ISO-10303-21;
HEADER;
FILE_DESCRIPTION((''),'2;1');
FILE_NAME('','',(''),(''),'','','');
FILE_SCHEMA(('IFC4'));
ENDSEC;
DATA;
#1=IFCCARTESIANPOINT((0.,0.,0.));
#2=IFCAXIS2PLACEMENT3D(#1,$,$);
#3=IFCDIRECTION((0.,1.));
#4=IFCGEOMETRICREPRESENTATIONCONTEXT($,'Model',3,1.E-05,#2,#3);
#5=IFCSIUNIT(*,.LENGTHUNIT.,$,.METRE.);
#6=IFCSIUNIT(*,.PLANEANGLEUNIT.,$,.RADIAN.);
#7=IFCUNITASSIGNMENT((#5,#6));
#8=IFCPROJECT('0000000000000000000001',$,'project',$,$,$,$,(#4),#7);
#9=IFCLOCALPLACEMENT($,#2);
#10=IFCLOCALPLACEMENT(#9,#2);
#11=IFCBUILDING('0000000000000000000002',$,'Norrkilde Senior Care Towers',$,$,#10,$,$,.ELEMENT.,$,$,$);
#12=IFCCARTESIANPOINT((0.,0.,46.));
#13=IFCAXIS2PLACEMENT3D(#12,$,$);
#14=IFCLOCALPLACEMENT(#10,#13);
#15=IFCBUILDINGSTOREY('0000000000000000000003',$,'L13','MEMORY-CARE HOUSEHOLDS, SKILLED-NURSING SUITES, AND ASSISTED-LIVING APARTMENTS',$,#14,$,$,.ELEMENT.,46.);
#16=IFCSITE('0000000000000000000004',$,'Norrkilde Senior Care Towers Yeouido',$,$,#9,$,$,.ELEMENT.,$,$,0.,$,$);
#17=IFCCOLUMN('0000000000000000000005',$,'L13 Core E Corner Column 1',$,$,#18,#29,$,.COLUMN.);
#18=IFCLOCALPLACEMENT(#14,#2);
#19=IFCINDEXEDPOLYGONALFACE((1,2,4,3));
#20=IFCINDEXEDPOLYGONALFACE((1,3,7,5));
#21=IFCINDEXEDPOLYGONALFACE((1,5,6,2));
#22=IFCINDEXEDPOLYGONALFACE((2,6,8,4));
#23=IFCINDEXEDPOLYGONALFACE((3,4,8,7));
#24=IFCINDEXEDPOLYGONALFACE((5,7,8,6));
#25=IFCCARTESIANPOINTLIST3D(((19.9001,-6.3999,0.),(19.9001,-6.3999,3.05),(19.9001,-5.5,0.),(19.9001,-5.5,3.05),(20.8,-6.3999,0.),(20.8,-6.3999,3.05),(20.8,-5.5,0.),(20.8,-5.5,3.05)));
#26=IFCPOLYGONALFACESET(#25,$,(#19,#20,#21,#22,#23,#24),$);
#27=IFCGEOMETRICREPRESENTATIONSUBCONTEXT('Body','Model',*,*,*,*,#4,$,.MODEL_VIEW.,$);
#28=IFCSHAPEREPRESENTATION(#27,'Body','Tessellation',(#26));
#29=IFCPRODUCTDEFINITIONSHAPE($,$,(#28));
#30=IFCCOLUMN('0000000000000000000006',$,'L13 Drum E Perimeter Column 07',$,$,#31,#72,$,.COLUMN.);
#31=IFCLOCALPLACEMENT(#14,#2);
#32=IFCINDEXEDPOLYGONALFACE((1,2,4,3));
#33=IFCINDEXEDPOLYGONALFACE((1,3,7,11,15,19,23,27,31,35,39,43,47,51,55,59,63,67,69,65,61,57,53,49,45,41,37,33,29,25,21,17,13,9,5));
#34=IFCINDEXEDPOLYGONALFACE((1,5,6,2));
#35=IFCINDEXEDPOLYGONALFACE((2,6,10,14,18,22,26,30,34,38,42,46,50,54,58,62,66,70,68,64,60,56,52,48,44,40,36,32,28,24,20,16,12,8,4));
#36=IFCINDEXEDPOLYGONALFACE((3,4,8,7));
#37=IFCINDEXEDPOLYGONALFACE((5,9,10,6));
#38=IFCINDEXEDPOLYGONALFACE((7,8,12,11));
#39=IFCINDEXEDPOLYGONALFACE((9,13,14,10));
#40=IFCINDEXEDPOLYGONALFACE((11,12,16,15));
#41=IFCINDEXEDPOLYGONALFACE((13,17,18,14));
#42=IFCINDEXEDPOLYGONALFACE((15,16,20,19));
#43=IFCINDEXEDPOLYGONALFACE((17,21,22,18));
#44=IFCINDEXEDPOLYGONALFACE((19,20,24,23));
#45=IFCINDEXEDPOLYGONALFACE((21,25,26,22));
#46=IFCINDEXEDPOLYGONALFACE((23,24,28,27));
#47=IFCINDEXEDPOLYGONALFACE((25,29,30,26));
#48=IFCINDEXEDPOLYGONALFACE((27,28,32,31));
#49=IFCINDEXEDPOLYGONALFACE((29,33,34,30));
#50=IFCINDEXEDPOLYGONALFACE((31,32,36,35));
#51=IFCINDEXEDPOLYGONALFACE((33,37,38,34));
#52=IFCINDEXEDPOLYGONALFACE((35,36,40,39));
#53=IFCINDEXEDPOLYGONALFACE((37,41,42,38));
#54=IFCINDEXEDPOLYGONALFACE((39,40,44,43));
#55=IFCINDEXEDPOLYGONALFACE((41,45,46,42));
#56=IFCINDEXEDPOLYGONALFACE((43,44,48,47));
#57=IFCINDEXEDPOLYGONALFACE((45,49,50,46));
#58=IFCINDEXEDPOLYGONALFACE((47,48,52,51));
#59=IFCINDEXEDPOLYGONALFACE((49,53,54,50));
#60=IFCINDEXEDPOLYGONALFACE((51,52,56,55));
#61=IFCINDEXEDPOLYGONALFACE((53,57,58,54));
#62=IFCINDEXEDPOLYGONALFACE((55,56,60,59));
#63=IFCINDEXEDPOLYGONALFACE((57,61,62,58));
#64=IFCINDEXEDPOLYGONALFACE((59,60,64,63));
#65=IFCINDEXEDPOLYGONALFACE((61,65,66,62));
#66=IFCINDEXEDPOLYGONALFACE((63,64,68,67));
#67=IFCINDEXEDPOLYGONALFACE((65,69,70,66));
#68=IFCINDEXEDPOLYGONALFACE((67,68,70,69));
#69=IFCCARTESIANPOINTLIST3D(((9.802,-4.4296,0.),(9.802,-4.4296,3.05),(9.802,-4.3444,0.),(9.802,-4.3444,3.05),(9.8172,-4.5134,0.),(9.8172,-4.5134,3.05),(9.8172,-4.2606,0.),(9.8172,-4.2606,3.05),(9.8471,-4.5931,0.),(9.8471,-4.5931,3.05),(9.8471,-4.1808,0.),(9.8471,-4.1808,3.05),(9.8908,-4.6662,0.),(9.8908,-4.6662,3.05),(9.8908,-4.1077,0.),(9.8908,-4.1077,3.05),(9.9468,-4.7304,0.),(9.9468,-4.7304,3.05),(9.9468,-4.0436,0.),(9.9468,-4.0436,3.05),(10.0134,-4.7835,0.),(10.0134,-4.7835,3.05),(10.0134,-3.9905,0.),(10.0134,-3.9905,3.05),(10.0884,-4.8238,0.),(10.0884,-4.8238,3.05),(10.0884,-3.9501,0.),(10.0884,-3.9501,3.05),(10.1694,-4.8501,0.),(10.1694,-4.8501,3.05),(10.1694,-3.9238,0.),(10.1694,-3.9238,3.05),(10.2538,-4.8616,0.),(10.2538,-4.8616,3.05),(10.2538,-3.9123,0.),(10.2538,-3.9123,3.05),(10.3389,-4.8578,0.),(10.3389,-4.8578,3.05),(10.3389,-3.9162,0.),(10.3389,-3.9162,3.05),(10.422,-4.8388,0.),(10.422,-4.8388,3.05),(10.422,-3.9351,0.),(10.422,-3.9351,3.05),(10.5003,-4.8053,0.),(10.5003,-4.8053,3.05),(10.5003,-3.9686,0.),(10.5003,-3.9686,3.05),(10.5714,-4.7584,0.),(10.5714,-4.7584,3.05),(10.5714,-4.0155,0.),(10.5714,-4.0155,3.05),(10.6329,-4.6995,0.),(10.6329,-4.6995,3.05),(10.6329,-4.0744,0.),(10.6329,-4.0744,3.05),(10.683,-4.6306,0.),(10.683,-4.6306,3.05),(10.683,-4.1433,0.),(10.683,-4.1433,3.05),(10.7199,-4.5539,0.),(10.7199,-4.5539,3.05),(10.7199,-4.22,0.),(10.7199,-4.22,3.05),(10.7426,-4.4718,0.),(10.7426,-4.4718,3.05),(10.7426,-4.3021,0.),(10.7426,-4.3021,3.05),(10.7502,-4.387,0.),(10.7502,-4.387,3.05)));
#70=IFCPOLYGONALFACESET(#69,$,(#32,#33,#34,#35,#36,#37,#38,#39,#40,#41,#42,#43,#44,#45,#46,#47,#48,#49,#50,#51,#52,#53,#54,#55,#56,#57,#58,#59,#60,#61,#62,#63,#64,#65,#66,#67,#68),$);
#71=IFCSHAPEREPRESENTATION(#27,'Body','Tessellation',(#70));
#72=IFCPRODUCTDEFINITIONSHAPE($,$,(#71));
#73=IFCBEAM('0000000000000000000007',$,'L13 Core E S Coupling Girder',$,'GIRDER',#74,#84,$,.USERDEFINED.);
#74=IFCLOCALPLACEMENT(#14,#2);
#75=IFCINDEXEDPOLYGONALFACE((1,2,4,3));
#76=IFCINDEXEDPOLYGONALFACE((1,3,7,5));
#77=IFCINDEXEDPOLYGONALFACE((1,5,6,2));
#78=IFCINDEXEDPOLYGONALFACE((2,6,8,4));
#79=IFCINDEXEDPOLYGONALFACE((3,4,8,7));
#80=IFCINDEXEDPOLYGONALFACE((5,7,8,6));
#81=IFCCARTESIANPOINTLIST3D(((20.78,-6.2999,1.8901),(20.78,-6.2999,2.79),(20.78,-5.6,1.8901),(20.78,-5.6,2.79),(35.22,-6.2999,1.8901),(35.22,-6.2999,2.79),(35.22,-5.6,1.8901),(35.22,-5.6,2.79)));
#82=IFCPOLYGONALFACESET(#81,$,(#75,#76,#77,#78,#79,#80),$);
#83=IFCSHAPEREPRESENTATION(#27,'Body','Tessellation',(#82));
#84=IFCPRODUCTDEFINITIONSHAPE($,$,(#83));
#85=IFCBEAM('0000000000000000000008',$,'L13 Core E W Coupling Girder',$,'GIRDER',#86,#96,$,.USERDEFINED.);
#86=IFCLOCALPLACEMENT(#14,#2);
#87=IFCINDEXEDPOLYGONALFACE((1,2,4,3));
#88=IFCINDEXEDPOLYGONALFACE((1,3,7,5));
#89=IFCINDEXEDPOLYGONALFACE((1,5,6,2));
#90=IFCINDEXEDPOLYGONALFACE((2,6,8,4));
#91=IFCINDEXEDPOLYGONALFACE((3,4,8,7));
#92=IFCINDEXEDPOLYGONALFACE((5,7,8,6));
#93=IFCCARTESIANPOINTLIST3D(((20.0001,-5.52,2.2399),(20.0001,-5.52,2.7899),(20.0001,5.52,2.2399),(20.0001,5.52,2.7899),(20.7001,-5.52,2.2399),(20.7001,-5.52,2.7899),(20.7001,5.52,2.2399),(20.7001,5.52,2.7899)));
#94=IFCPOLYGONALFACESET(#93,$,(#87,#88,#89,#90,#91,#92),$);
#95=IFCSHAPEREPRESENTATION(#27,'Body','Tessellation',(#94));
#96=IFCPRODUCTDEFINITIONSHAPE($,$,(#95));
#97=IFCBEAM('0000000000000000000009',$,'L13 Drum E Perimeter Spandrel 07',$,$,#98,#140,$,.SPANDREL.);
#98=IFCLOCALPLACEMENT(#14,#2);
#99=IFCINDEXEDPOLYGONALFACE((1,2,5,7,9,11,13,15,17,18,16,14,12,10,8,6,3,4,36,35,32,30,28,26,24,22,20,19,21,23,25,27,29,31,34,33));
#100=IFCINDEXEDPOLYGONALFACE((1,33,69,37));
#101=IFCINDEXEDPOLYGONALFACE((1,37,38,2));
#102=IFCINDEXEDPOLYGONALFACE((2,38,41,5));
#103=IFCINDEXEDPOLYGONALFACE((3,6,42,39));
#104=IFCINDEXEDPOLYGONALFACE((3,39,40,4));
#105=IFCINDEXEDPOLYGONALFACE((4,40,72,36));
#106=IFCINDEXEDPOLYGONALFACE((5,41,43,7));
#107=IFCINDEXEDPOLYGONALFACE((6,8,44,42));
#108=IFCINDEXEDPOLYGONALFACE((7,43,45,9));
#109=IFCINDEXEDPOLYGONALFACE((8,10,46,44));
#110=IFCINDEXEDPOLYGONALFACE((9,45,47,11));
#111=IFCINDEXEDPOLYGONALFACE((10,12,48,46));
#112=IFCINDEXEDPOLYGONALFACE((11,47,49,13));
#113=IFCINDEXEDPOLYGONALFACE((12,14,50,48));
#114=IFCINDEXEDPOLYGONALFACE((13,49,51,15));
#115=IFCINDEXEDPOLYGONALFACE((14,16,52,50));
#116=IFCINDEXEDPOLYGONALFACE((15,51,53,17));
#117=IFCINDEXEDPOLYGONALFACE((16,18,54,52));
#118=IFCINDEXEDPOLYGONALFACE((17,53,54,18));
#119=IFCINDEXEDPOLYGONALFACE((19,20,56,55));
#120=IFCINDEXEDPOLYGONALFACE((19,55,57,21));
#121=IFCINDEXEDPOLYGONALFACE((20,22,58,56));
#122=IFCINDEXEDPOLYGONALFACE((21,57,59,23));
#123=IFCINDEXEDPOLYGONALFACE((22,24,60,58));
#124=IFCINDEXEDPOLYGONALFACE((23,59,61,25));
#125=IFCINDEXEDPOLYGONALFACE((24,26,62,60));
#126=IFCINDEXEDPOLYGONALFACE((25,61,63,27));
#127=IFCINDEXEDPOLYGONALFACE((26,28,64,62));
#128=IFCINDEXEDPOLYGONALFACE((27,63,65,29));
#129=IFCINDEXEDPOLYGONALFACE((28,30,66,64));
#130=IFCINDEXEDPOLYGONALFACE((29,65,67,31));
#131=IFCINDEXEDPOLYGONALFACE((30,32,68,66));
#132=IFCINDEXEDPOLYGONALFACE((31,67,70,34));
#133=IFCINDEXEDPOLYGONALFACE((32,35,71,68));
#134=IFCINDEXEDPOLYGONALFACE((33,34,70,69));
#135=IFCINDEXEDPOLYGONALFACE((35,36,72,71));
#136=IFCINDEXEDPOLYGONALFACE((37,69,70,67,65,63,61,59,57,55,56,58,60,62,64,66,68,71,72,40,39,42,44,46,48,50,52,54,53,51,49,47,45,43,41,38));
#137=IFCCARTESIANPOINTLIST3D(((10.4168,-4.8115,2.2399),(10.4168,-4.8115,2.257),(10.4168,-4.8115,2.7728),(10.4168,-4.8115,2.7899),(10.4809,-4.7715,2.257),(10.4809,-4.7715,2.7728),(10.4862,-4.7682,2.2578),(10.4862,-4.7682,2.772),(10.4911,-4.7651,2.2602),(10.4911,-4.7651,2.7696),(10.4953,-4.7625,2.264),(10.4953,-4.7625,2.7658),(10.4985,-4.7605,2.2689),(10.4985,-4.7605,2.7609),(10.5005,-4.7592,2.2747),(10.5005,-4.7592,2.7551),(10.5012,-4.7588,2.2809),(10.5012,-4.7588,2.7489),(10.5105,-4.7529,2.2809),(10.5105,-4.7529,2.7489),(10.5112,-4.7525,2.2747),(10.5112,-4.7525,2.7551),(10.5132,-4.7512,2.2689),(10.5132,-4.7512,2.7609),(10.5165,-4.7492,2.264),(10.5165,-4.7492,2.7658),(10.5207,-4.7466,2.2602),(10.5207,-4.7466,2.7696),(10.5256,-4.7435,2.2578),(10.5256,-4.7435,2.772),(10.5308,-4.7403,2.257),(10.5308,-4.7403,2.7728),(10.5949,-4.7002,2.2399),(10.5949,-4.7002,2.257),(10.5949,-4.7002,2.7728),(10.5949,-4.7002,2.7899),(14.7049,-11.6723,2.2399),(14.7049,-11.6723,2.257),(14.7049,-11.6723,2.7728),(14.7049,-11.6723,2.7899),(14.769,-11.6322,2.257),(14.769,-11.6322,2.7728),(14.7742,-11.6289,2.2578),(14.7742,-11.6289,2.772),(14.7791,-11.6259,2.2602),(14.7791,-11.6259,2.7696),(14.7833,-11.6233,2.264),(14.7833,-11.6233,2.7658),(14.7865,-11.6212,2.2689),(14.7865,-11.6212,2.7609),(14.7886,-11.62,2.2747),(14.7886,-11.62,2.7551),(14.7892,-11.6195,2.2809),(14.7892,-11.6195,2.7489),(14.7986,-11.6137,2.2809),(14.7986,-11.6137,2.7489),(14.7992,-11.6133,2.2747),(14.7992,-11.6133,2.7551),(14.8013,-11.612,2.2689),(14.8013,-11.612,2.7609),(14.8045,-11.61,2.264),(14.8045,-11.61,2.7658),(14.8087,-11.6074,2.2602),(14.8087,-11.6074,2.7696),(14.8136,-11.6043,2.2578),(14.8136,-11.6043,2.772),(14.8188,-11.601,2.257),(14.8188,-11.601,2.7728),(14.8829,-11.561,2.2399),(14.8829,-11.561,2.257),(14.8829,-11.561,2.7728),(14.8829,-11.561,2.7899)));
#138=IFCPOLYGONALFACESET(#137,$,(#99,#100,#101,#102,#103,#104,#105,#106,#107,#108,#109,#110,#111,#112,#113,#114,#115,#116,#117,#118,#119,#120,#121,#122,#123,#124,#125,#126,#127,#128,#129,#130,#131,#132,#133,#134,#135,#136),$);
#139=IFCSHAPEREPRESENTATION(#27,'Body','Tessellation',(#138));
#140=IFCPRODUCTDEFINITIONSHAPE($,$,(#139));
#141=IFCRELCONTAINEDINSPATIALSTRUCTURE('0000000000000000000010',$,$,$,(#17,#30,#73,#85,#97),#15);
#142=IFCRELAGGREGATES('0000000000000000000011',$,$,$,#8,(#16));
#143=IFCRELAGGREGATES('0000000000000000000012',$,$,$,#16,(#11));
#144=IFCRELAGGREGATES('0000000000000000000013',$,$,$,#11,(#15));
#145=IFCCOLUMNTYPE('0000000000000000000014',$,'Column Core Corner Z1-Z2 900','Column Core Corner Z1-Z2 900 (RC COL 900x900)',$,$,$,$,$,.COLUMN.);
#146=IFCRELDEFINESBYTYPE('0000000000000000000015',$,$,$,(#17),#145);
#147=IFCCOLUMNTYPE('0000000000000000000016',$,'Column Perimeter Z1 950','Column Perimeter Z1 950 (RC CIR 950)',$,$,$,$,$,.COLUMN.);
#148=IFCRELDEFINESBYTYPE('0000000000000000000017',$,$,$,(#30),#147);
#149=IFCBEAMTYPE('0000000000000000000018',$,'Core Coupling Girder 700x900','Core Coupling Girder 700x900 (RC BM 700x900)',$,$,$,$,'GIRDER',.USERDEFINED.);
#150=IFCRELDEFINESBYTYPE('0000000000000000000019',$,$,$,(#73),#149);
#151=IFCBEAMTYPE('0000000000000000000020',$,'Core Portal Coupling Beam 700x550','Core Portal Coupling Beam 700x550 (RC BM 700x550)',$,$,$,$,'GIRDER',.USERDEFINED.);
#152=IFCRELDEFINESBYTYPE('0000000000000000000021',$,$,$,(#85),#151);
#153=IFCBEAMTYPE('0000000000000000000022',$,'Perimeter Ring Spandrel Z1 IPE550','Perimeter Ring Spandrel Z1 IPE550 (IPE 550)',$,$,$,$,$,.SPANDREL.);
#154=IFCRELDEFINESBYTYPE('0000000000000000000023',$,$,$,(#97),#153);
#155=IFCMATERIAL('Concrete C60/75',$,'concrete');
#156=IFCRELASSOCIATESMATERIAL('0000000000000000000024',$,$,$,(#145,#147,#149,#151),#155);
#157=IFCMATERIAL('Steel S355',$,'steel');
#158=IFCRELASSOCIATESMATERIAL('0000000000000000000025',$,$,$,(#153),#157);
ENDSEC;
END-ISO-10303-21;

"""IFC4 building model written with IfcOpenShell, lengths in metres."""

from ifc_helpers import new_model, si_unit, direction, frame, origin, origin_2d, place, context, subcontext, project, spatial, rectangle, circle, i_section, extrude, source, transform, mapped, material, material_profile, profile_set, type_object, type_shapes, element, save


model = new_model("IFC4")

# Units and contexts
model_context = context("Model", 3, precision=1e-05, world=origin(), true_north=direction((0.0, 1.0)))
body_context = subcontext(model_context, "Body", "Model", "MODEL_VIEW")
ifc_project = project(units=[si_unit("LENGTHUNIT", "METRE"), si_unit("PLANEANGLEUNIT", "RADIAN")], contexts=[model_context])

# Site, building, storey
site_placement = place(None, origin())
site = spatial("IfcSite", under=ifc_project, at=site_placement, Name="Norrkilde Senior Care Towers Yeouido", CompositionType="ELEMENT", RefElevation=0.0)
building_placement = place(site_placement, origin())
building = spatial("IfcBuilding", under=site, at=building_placement, Name="Norrkilde Senior Care Towers", CompositionType="ELEMENT")
storey_placement = place(building_placement, frame((0.0, 0.0, 46.0)))
storey = spatial("IfcBuildingStorey", under=building, at=storey_placement, Name="L13", Description="MEMORY-CARE HOUSEHOLDS, SKILLED-NURSING SUITES, AND ASSISTED-LIVING APARTMENTS", CompositionType="ELEMENT", Elevation=46.0)

# Columns
ifc_material_1 = material(Name="Concrete C60/75", Category="concrete")
ifc_material_profile_1 = material_profile(ifc_material_1, rectangle(XDim=0.8999, YDim=0.8999, at=origin_2d()), Name="RC COL 900x900")
ifc_profile_set_1 = profile_set([ifc_material_profile_1], Name="Concrete C60/75")
column_type_1 = type_object("IfcColumnType", Name="Column Core Corner Z1-Z2 900", Description="Column Core Corner Z1-Z2 900 (RC COL 900x900)", PredefinedType="COLUMN", material=ifc_profile_set_1)
shared_shape_1 = source(origin(), body_context, "Body", "SweptSolid", [
    extrude(rectangle(XDim=0.8999, YDim=0.8999, at=origin_2d()), origin(), (0.0, 0.0, 1.0), 3.05),
])
type_shapes(column_type_1, [shared_shape_1])
column_1_placement = place(storey_placement, frame((20.3501, -5.95, 0.0), z_axis=(0.0, 0.0, 1.0), x_axis=(1.0, 0.0, 0.0)))
element("IfcColumn", 1, at=column_1_placement, inside=storey, type_object=column_type_1, Name="L13 Core E Corner Column 1", PredefinedType="COLUMN", context=body_context, shape_type="MappedRepresentation", body=[
    mapped(shared_shape_1, transform((0.0, 0.0, 0.0), x_axis=(1.0, 0.0, 0.0), y_axis=(0.0, 1.0, 0.0), z_axis=(0.0, 0.0, 1.0), scale=1.0)),
])
ifc_material_profile_2 = material_profile(ifc_material_1, circle(Radius=0.4751, at=origin_2d()), Name="RC CIR 950")
ifc_profile_set_2 = profile_set([ifc_material_profile_2], Name="Concrete C60/75")
column_type_2 = type_object("IfcColumnType", Name="Column Perimeter Z1 950", Description="Column Perimeter Z1 950 (RC CIR 950)", PredefinedType="COLUMN", material=ifc_profile_set_2)
shared_shape_2 = source(origin(), body_context, "Body", "SweptSolid", [
    extrude(circle(Radius=0.4751, at=origin_2d()), origin(), (0.0, 0.0, 1.0), 3.05),
])
type_shapes(column_type_2, [shared_shape_2])
column_2_placement = place(storey_placement, frame((10.2751, -4.387, 0.0), z_axis=(0.0, 0.0, 1.0), x_axis=(1.0, 0.0, 0.0)))
element("IfcColumn", 2, at=column_2_placement, inside=storey, type_object=column_type_2, Name="L13 Drum E Perimeter Column 07", PredefinedType="COLUMN", context=body_context, shape_type="MappedRepresentation", body=[
    mapped(shared_shape_2, transform((0.0, 0.0, 0.0), x_axis=(1.0, 0.0, 0.0), y_axis=(0.0, 1.0, 0.0), z_axis=(0.0, 0.0, 1.0), scale=1.0)),
])

# Beams
ifc_material_profile_3 = material_profile(ifc_material_1, rectangle(XDim=0.7, YDim=0.8999, at=origin_2d()), Name="RC BM 700x900")
ifc_profile_set_3 = profile_set([ifc_material_profile_3], Name="Concrete C60/75")
beam_type_1 = type_object("IfcBeamType", Name="Core Coupling Girder 700x900", Description="Core Coupling Girder 700x900 (RC BM 700x900)", ElementType="GIRDER", PredefinedType="USERDEFINED", material=ifc_profile_set_3)
shared_shape_3 = source(origin(), body_context, "Body", "SweptSolid", [
    extrude(rectangle(XDim=0.7, YDim=0.8999, at=origin_2d()), origin(), (0.0, 0.0, 1.0), 14.4399),
])
type_shapes(beam_type_1, [shared_shape_3])
beam_1_placement = place(storey_placement, frame((20.78, -5.95, 2.3401), z_axis=(1.0, 0.0, 0.0), x_axis=(0.0, 1.0, 0.0)))
element("IfcBeam", 3, at=beam_1_placement, inside=storey, type_object=beam_type_1, Name="L13 Core E S Coupling Girder", ObjectType="GIRDER", PredefinedType="USERDEFINED", context=body_context, shape_type="MappedRepresentation", body=[
    mapped(shared_shape_3, transform((0.0, 0.0, 0.0), x_axis=(1.0, 0.0, 0.0), y_axis=(0.0, 1.0, 0.0), z_axis=(0.0, 0.0, 1.0), scale=1.0)),
])
ifc_material_profile_4 = material_profile(ifc_material_1, rectangle(XDim=0.7, YDim=0.55, at=origin_2d()), Name="RC BM 700x550")
ifc_profile_set_4 = profile_set([ifc_material_profile_4], Name="Concrete C60/75")
beam_type_2 = type_object("IfcBeamType", Name="Core Portal Coupling Beam 700x550", Description="Core Portal Coupling Beam 700x550 (RC BM 700x550)", ElementType="GIRDER", PredefinedType="USERDEFINED", material=ifc_profile_set_4)
shared_shape_4 = source(origin(), body_context, "Body", "SweptSolid", [
    extrude(rectangle(XDim=0.7, YDim=0.55, at=origin_2d()), origin(), (0.0, 0.0, 1.0), 11.04),
])
type_shapes(beam_type_2, [shared_shape_4])
beam_2_placement = place(storey_placement, frame((20.3501, -5.52, 2.5149), z_axis=(0.0, 1.0, 0.0), x_axis=(-1.0, 0.0, 0.0)))
element("IfcBeam", 4, at=beam_2_placement, inside=storey, type_object=beam_type_2, Name="L13 Core E W Coupling Girder", ObjectType="GIRDER", PredefinedType="USERDEFINED", context=body_context, shape_type="MappedRepresentation", body=[
    mapped(shared_shape_4, transform((0.0, 0.0, 0.0), x_axis=(1.0, 0.0, 0.0), y_axis=(0.0, 1.0, 0.0), z_axis=(0.0, 0.0, 1.0), scale=1.0)),
])
ifc_material_2 = material(Name="Steel S355", Category="steel")
ifc_material_profile_5 = material_profile(ifc_material_2, i_section(OverallWidth=0.21, OverallDepth=0.55, WebThickness=0.011, FlangeThickness=0.0171, FilletRadius=0.0239, at=origin_2d()), Name="IPE 550")
ifc_profile_set_5 = profile_set([ifc_material_profile_5], Name="Steel S355")
beam_type_3 = type_object("IfcBeamType", Name="Perimeter Ring Spandrel Z1 IPE550", Description="Perimeter Ring Spandrel Z1 IPE550 (IPE 550)", PredefinedType="SPANDREL", material=ifc_profile_set_5)
shared_shape_5 = source(origin(), body_context, "Body", "SweptSolid", [
    extrude(i_section(OverallWidth=0.21, OverallDepth=0.55, WebThickness=0.011, FlangeThickness=0.0171, FilletRadius=0.0239, at=origin_2d()), origin(), (0.0, 0.0, 1.0), 8.0906),
])
type_shapes(beam_type_3, [shared_shape_5])
beam_3_placement = place(storey_placement, frame((10.5059, -4.7559, 2.5149), z_axis=(0.530004, -0.847995, 0.0), x_axis=(0.847995, 0.530004, 0.0)))
element("IfcBeam", 5, at=beam_3_placement, inside=storey, type_object=beam_type_3, Name="L13 Drum E Perimeter Spandrel 07", PredefinedType="SPANDREL", context=body_context, shape_type="MappedRepresentation", body=[
    mapped(shared_shape_5, transform((0.0, 0.0, 0.0), x_axis=(1.0, 0.0, 0.0), y_axis=(0.0, 1.0, 0.0), z_axis=(0.0, 0.0, 1.0), scale=1.0)),
])

save(model, "model.ifc")
